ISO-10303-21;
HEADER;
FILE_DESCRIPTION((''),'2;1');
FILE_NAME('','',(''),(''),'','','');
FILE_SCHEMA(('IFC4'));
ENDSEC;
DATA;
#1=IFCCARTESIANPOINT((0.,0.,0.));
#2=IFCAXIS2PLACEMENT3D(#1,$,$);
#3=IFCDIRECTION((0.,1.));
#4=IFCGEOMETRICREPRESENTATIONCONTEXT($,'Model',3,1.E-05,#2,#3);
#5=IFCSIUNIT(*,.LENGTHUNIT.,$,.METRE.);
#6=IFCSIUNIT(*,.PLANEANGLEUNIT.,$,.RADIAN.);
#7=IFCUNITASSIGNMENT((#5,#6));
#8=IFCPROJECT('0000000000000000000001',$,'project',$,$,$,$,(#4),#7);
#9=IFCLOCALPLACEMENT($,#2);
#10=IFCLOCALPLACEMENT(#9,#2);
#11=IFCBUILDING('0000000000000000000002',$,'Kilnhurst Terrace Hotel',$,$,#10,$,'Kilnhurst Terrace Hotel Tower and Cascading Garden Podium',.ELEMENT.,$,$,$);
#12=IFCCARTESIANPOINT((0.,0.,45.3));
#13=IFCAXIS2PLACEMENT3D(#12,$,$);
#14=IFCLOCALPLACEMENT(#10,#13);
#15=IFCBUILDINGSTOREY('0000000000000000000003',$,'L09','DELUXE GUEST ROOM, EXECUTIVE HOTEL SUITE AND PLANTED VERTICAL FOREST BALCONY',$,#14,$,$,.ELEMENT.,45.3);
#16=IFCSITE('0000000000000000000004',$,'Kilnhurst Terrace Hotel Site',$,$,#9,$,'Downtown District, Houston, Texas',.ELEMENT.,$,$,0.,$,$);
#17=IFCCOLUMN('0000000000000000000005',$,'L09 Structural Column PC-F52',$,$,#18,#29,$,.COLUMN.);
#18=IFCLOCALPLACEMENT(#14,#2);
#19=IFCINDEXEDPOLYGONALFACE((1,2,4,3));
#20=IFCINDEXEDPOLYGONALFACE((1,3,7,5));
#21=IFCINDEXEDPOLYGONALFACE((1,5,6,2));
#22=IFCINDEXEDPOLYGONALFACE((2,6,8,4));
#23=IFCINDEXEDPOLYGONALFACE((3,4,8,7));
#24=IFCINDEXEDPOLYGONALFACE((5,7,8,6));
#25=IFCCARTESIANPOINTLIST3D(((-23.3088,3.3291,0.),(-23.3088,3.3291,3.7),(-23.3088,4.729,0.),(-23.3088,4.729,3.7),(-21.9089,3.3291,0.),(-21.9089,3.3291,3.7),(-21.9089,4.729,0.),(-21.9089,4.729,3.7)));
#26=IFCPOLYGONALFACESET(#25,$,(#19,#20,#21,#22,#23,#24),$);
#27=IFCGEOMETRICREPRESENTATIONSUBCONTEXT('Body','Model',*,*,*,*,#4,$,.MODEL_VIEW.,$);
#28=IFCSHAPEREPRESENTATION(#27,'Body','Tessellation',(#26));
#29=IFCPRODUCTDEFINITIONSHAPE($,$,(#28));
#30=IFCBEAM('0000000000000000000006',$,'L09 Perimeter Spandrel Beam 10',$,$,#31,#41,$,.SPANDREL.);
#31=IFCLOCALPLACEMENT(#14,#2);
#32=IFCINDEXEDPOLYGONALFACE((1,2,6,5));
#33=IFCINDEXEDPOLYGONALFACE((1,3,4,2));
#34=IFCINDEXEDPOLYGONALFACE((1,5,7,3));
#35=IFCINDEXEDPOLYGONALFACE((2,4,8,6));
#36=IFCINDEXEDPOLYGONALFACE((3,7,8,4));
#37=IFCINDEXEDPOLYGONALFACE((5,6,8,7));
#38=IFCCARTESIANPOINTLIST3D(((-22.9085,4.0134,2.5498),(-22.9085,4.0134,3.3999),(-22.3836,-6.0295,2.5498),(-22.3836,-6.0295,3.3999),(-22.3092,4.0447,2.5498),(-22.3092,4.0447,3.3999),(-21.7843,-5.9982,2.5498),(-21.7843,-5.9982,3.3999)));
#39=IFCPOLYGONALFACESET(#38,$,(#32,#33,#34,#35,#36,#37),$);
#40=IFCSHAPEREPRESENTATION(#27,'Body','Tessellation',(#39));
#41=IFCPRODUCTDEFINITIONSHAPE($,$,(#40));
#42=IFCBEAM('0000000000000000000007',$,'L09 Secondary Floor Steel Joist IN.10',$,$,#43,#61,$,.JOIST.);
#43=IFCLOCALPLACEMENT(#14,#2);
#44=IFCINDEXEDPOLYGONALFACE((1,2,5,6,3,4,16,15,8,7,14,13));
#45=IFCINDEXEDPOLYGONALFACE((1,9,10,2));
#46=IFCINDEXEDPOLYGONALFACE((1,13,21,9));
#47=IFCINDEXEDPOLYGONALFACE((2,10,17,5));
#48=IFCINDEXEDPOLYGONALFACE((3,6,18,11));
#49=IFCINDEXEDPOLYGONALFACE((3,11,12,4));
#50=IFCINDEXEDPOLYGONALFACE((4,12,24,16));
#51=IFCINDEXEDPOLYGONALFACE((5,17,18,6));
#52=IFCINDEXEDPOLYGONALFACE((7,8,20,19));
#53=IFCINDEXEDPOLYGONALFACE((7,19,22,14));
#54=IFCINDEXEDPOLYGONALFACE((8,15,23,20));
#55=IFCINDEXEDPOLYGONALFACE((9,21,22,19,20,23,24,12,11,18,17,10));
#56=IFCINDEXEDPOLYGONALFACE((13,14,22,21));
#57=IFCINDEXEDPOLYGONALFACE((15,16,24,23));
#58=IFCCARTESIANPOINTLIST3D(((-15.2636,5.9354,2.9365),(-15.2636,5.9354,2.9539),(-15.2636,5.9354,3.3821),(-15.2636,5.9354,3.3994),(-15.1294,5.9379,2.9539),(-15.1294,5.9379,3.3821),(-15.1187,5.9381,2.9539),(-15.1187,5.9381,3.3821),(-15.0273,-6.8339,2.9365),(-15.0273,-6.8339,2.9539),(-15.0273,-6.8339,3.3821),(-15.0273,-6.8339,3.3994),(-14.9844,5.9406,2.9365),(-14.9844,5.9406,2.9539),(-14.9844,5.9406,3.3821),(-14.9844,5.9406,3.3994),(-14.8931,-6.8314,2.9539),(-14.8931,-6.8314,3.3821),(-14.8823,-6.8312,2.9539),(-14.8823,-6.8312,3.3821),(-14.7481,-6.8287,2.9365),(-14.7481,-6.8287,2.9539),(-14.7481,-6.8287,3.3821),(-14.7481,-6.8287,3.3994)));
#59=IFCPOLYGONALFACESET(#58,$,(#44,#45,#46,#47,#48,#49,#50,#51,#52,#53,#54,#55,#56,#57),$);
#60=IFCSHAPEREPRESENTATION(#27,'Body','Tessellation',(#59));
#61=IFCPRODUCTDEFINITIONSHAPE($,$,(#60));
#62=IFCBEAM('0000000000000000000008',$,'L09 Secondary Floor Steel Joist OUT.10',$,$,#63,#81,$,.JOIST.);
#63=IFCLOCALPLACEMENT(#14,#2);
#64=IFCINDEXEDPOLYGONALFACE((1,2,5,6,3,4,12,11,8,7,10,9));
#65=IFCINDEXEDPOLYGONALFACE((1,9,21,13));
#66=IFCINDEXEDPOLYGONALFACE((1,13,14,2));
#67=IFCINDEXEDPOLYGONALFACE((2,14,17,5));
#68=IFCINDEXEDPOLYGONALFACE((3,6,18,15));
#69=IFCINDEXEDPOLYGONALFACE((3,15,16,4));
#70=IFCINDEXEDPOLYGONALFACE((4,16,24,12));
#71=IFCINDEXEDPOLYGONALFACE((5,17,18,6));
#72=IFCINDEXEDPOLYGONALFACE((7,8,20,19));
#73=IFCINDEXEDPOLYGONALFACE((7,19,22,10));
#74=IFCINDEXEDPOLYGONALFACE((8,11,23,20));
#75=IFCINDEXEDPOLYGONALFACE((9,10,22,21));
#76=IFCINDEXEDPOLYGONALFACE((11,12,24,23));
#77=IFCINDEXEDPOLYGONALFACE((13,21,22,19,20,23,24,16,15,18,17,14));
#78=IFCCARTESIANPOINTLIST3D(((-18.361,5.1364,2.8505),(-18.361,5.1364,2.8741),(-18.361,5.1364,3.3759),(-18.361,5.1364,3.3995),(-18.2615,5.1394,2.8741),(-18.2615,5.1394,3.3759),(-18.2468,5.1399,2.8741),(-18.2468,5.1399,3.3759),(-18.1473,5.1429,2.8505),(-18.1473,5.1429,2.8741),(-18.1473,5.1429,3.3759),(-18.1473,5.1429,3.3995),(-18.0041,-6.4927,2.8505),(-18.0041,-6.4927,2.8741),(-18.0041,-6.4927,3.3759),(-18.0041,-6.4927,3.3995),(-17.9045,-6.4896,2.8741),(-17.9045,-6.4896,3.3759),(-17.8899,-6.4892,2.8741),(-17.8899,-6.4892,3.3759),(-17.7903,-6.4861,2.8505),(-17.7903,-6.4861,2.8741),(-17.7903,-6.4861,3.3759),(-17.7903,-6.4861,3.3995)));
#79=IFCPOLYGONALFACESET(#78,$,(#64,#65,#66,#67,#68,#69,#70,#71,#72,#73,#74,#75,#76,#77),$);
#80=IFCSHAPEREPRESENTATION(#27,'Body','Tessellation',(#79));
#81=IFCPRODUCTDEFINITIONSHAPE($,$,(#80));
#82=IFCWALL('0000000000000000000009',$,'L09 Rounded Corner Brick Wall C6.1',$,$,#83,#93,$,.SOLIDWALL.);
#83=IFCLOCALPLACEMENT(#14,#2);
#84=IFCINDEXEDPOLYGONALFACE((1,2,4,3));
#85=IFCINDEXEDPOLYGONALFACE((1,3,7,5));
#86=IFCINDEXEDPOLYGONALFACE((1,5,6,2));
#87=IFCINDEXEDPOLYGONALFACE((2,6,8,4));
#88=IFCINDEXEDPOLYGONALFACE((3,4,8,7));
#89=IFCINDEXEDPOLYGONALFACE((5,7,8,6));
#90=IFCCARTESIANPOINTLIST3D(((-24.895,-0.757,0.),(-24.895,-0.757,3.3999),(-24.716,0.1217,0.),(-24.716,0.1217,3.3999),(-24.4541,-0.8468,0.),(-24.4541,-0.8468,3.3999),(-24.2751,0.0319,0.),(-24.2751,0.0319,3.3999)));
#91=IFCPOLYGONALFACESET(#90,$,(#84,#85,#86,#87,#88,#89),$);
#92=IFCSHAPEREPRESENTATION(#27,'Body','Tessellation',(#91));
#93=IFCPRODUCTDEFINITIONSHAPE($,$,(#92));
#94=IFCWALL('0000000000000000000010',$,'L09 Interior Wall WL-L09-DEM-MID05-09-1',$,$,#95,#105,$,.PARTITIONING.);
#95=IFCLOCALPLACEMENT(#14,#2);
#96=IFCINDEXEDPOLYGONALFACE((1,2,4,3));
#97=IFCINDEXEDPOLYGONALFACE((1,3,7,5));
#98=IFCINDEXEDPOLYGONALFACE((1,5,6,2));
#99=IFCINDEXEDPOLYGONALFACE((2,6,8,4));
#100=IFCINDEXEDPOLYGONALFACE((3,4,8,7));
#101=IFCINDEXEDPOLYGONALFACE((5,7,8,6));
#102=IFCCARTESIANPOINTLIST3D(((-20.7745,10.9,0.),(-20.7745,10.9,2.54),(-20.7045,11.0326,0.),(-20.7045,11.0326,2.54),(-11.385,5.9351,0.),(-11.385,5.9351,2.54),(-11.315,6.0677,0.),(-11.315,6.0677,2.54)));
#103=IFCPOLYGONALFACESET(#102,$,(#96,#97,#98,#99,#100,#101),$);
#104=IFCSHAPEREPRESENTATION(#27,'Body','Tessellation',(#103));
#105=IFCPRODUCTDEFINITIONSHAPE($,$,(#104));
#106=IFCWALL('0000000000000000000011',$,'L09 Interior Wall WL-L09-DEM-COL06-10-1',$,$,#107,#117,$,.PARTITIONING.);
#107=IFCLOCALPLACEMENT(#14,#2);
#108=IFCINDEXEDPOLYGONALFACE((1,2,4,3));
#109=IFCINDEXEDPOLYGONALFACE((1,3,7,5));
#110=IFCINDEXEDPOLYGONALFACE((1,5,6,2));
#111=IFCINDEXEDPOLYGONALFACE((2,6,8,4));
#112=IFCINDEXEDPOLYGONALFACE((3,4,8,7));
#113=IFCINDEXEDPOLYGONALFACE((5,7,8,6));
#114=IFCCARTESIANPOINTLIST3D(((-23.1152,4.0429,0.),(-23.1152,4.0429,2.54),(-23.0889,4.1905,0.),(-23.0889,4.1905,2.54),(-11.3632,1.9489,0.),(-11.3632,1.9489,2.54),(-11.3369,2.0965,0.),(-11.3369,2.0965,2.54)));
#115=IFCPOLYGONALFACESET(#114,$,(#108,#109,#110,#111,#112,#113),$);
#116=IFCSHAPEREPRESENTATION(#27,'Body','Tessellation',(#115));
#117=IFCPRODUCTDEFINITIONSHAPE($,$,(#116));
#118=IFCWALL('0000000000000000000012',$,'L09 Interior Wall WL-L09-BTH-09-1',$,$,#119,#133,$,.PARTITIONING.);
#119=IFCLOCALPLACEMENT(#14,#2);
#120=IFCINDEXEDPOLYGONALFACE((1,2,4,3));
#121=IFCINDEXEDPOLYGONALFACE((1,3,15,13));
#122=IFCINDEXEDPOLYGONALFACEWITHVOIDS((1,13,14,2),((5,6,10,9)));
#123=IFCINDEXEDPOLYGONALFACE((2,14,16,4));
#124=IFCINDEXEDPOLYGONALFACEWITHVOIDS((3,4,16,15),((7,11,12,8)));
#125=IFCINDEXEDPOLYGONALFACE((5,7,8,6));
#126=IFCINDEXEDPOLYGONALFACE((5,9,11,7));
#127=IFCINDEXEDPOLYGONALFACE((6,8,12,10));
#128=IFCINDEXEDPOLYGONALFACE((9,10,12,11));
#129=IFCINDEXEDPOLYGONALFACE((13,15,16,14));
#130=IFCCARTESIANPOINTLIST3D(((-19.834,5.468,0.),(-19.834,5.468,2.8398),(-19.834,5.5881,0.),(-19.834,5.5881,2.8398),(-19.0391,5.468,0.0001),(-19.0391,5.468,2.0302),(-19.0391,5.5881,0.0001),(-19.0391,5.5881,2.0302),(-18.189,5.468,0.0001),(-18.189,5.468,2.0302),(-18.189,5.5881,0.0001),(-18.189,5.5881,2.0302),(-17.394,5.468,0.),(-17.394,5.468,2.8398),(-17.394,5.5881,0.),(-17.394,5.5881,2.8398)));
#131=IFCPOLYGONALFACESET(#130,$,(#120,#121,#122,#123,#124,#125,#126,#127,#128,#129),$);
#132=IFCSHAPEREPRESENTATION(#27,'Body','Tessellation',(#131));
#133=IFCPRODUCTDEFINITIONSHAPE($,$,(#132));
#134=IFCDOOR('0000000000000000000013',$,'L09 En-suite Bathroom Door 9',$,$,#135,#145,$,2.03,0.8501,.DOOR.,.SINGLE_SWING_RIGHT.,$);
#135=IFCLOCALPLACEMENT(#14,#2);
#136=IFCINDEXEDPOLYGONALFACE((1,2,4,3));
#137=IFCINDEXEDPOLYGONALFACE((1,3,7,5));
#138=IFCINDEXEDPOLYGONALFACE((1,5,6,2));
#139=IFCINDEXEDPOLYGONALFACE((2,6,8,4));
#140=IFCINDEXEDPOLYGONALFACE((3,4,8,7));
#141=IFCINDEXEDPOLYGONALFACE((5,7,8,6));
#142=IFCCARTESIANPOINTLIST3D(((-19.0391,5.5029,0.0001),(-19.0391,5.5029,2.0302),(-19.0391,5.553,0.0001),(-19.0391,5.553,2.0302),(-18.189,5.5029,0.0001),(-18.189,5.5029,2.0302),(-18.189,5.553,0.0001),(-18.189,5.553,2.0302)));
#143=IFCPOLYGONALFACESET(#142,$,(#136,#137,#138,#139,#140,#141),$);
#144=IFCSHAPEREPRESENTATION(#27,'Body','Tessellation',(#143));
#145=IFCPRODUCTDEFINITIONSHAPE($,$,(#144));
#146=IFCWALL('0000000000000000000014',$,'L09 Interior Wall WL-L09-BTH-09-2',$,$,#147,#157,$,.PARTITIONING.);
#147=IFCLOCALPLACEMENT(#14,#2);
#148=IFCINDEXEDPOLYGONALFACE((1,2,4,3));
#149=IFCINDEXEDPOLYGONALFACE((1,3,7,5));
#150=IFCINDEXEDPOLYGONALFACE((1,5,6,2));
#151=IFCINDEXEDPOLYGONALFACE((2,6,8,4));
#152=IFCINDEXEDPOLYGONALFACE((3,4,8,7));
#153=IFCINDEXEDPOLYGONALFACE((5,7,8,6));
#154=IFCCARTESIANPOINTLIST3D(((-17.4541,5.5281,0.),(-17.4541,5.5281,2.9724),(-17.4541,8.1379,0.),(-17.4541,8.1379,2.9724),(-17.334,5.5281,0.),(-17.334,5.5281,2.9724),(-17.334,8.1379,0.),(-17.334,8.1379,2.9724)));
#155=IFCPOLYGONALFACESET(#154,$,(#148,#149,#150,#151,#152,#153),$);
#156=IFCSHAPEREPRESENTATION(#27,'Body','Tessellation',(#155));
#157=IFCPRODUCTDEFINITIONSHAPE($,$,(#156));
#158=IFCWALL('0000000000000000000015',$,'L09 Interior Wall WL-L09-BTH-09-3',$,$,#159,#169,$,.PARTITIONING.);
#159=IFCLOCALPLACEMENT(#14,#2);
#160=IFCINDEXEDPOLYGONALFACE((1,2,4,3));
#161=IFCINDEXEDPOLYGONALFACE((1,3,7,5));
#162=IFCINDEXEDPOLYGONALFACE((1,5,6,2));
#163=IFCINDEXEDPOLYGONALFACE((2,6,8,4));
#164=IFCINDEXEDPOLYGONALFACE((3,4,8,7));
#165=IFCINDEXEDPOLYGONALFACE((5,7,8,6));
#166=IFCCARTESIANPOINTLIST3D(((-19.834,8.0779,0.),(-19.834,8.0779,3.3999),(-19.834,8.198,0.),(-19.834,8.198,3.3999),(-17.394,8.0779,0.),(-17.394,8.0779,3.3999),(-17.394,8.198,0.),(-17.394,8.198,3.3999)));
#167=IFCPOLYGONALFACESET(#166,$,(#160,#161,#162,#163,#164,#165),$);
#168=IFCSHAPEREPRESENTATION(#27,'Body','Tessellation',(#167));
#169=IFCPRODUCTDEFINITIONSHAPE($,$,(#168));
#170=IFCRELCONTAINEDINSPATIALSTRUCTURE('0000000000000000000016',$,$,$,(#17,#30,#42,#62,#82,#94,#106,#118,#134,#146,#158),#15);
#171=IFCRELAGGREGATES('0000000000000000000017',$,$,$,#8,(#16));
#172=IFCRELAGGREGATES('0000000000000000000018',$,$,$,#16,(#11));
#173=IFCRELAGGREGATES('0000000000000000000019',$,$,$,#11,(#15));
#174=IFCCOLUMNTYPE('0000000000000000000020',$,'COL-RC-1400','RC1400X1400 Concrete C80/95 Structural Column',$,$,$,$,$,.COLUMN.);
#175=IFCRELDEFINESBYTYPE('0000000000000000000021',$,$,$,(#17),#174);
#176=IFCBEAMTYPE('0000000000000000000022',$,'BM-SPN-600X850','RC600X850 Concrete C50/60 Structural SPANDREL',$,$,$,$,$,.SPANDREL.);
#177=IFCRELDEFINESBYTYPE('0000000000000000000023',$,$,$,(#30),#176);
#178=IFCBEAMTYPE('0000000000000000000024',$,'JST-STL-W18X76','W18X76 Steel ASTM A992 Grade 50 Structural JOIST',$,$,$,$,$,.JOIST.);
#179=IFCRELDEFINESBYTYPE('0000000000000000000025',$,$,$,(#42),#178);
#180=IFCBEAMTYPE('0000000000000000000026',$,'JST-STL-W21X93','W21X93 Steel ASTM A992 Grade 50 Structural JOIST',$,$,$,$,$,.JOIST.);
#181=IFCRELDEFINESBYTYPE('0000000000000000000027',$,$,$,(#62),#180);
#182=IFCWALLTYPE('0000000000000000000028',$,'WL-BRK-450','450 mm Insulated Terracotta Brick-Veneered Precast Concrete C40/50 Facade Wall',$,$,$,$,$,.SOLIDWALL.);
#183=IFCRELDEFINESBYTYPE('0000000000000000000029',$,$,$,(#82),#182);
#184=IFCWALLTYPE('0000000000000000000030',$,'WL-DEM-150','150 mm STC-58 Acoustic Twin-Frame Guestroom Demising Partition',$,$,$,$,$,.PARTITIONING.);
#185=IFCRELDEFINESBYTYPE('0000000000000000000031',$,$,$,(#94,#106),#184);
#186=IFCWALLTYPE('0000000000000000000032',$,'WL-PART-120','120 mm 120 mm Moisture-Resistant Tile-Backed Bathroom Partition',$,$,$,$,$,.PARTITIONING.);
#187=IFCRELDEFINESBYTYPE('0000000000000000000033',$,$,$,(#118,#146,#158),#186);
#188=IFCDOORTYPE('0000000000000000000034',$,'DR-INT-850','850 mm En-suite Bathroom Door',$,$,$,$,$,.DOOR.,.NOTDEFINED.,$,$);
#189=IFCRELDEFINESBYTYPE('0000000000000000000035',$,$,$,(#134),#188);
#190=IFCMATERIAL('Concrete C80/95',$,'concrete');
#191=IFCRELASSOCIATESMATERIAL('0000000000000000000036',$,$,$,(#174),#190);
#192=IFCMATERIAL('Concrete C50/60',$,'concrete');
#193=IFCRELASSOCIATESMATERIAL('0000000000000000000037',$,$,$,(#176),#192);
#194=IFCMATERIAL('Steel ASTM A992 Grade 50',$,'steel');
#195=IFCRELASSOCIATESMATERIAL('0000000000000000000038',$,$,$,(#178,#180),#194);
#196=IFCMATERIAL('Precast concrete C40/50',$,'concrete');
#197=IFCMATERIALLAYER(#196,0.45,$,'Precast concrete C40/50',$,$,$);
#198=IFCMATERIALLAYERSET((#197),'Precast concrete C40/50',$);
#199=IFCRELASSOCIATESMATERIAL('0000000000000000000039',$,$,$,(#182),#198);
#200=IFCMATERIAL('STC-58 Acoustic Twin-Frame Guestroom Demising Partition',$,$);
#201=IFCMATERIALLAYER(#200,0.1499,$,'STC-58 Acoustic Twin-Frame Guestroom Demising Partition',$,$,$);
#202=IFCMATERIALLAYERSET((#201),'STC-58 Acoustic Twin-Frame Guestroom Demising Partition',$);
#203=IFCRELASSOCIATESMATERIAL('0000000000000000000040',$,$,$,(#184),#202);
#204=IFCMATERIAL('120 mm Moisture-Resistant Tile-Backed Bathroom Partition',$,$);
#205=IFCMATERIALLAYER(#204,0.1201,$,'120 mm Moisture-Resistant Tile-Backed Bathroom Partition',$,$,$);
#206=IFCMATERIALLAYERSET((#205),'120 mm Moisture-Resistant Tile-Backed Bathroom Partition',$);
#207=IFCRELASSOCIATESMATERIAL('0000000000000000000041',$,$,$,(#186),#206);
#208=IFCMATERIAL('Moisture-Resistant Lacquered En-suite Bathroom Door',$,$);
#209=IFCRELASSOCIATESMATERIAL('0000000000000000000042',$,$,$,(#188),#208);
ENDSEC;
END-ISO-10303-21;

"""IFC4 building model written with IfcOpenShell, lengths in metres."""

from ifc_helpers import new_model, si_unit, direction, frame, frame_2d, origin, origin_2d, place, context, subcontext, project, spatial, rectangle, i_section, extrude, material, layer, layer_set, material_profile, profile_set, type_object, element, fill, save


model = new_model("IFC4")

# Units and contexts
model_context = context("Model", 3, precision=1e-05, world=origin(), true_north=direction((0.0, 1.0)))
body_context = subcontext(model_context, "Body", "Model", "MODEL_VIEW")
ifc_project = project(units=[si_unit("LENGTHUNIT", "METRE"), si_unit("PLANEANGLEUNIT", "RADIAN")], contexts=[model_context])

# Site, building, storey
site_placement = place(None, origin())
site = spatial("IfcSite", under=ifc_project, at=site_placement, Name="Kilnhurst Terrace Hotel Site", LongName="Downtown District, Houston, Texas", CompositionType="ELEMENT", RefElevation=0.0)
building_placement = place(site_placement, origin())
building = spatial("IfcBuilding", under=site, at=building_placement, Name="Kilnhurst Terrace Hotel", LongName="Kilnhurst Terrace Hotel Tower and Cascading Garden Podium", CompositionType="ELEMENT")
storey_placement = place(building_placement, frame((0.0, 0.0, 45.3)))
storey = spatial("IfcBuildingStorey", under=building, at=storey_placement, Name="L09", Description="DELUXE GUEST ROOM, EXECUTIVE HOTEL SUITE AND PLANTED VERTICAL FOREST BALCONY", CompositionType="ELEMENT", Elevation=45.3)

# Column
ifc_material_1 = material(Name="Concrete C80/95", Category="concrete")
ifc_material_profile_1 = material_profile(ifc_material_1, rectangle(XDim=1.3999, YDim=1.3999, at=origin_2d()), Name="RC1400X1400")
ifc_profile_set_1 = profile_set([ifc_material_profile_1], Name="Concrete C80/95")
column_type = type_object("IfcColumnType", Name="COL-RC-1400", Description="RC1400X1400 Concrete C80/95 Structural Column", PredefinedType="COLUMN", material=ifc_profile_set_1)
column_placement = place(storey_placement, frame((-22.6089, 4.0291, 0.0), z_axis=(0.0, 0.0, 1.0), x_axis=(1.0, 0.0, 0.0)))
element("IfcColumn", 1, at=column_placement, inside=storey, type_object=column_type, Name="L09 Structural Column PC-F52", PredefinedType="COLUMN", context=body_context, shape_type="SweptSolid", body=[
    extrude(rectangle(XDim=1.3999, YDim=1.3999, at=origin_2d()), origin(), (0.0, 0.0, 1.0), 3.7),
])

# Beams
ifc_material_2 = material(Name="Concrete C50/60", Category="concrete")
ifc_material_profile_2 = material_profile(ifc_material_2, rectangle(XDim=0.6001, YDim=0.8501, at=origin_2d()), Name="RC600X850")
ifc_profile_set_2 = profile_set([ifc_material_profile_2], Name="Concrete C50/60")
beam_type_1 = type_object("IfcBeamType", Name="BM-SPN-600X850", Description="RC600X850 Concrete C50/60 Structural SPANDREL", PredefinedType="SPANDREL", material=ifc_profile_set_2)
beam_1_placement = place(storey_placement, frame((-22.6089, 4.0291, 2.9749), z_axis=(0.052194, -0.998637, 0.0), x_axis=(0.998637, 0.052194, 0.0)))
element("IfcBeam", 2, at=beam_1_placement, inside=storey, type_object=beam_type_1, Name="L09 Perimeter Spandrel Beam 10", PredefinedType="SPANDREL", context=body_context, shape_type="SweptSolid", body=[
    extrude(rectangle(XDim=0.6001, YDim=0.8501, at=origin_2d()), origin(), (0.0, 0.0, 1.0), 10.0566),
])
ifc_material_3 = material(Name="Steel ASTM A992 Grade 50", Category="steel")
ifc_material_profile_3 = material_profile(ifc_material_3, i_section(OverallWidth=0.2793, OverallDepth=0.4629, WebThickness=0.0107, FlangeThickness=0.0173, at=origin_2d()), Name="W18X76")
ifc_profile_set_3 = profile_set([ifc_material_profile_3], Name="Steel ASTM A992 Grade 50")
beam_type_2 = type_object("IfcBeamType", Name="JST-STL-W18X76", Description="W18X76 Steel ASTM A992 Grade 50 Structural JOIST", PredefinedType="JOIST", material=ifc_profile_set_3)
beam_2_placement = place(storey_placement, frame((-15.124, 5.938, 3.168), z_axis=(0.018504, -0.999829, 0.0), x_axis=(0.999829, 0.018504, 0.0)))
element("IfcBeam", 3, at=beam_2_placement, inside=storey, type_object=beam_type_2, Name="L09 Secondary Floor Steel Joist IN.10", PredefinedType="JOIST", context=body_context, shape_type="SweptSolid", body=[
    extrude(i_section(OverallWidth=0.2793, OverallDepth=0.4629, WebThickness=0.0107, FlangeThickness=0.0173, at=origin_2d()), origin(), (0.0, 0.0, 1.0), 12.7715),
])
ifc_material_profile_4 = material_profile(ifc_material_3, i_section(OverallWidth=0.2139, OverallDepth=0.5491, WebThickness=0.0146, FlangeThickness=0.0237, at=origin_2d()), Name="W21X93")
ifc_profile_set_4 = profile_set([ifc_material_profile_4], Name="Steel ASTM A992 Grade 50")
beam_type_3 = type_object("IfcBeamType", Name="JST-STL-W21X93", Description="W21X93 Steel ASTM A992 Grade 50 Structural JOIST", PredefinedType="JOIST", material=ifc_profile_set_4)
beam_3_placement = place(storey_placement, frame((-18.2542, 5.1396, 3.125), z_axis=(0.030679, -0.999529, 0.0), x_axis=(0.999529, 0.030679, 0.0)))
element("IfcBeam", 4, at=beam_3_placement, inside=storey, type_object=beam_type_3, Name="L09 Secondary Floor Steel Joist OUT.10", PredefinedType="JOIST", context=body_context, shape_type="SweptSolid", body=[
    extrude(i_section(OverallWidth=0.2139, OverallDepth=0.5491, WebThickness=0.0146, FlangeThickness=0.0237, at=origin_2d()), origin(), (0.0, 0.0, 1.0), 11.6345),
])

# Walls
ifc_material_4 = material(Name="Precast concrete C40/50", Category="concrete")
ifc_layer_1 = layer(ifc_material_4, 0.45, Name="Precast concrete C40/50")
ifc_layer_set_1 = layer_set([ifc_layer_1], Name="Precast concrete C40/50")
wall_type_1 = type_object("IfcWallType", Name="WL-BRK-450", Description="450 mm Insulated Terracotta Brick-Veneered Precast Concrete C40/50 Facade Wall", PredefinedType="SOLIDWALL", material=ifc_layer_set_1)
wall_1_placement = place(storey_placement, frame((-24.4956, 0.0767, 0.0), z_axis=(0.0, 0.0, 1.0), x_axis=(-0.199571, -0.979883, 0.0)))
element("IfcWall", 5, at=wall_1_placement, inside=storey, type_object=wall_type_1, Name="L09 Rounded Corner Brick Wall C6.1", PredefinedType="SOLIDWALL", context=body_context, shape_type="SweptSolid", body=[
    extrude(rectangle(XDim=0.8967, YDim=0.45, at=frame_2d((0.4482, 0.0))), origin(), (0.0, 0.0, 1.0), 3.3999),
])
ifc_material_5 = material(Name="STC-58 Acoustic Twin-Frame Guestroom Demising Partition")
ifc_layer_2 = layer(ifc_material_5, 0.1499, Name="STC-58 Acoustic Twin-Frame Guestroom Demising Partition")
ifc_layer_set_2 = layer_set([ifc_layer_2], Name="STC-58 Acoustic Twin-Frame Guestroom Demising Partition")
wall_type_2 = type_object("IfcWallType", Name="WL-DEM-150", Description="150 mm STC-58 Acoustic Twin-Frame Guestroom Demising Partition", PredefinedType="PARTITIONING", material=ifc_layer_set_2)
wall_2_placement = place(storey_placement, frame((-11.3501, 6.0015, 0.0), z_axis=(0.0, 0.0, 1.0), x_axis=(-0.884022, 0.467445, 0.0)))
element("IfcWall", 6, at=wall_2_placement, inside=storey, type_object=wall_type_2, Name="L09 Interior Wall WL-L09-DEM-MID05-09-1", PredefinedType="PARTITIONING", context=body_context, shape_type="SweptSolid", body=[
    extrude(rectangle(XDim=10.6213, YDim=0.1499, at=frame_2d((5.3105, 0.0))), origin(), (0.0, 0.0, 1.0), 2.54),
])
wall_3_placement = place(storey_placement, frame((-11.3501, 2.0227, 0.0), z_axis=(0.0, 0.0, 1.0), x_axis=(-0.984494, 0.17542, 0.0)))
element("IfcWall", 7, at=wall_3_placement, inside=storey, type_object=wall_type_2, Name="L09 Interior Wall WL-L09-DEM-COL06-10-1", PredefinedType="PARTITIONING", context=body_context, shape_type="SweptSolid", body=[
    extrude(rectangle(XDim=11.937, YDim=0.1499, at=frame_2d((5.9685, 0.0))), origin(), (0.0, 0.0, 1.0), 2.54),
])

# Wall, opening, door
ifc_material_6 = material(Name="120 mm Moisture-Resistant Tile-Backed Bathroom Partition")
ifc_layer_3 = layer(ifc_material_6, 0.1201, Name="120 mm Moisture-Resistant Tile-Backed Bathroom Partition")
ifc_layer_set_3 = layer_set([ifc_layer_3], Name="120 mm Moisture-Resistant Tile-Backed Bathroom Partition")
wall_type_3 = type_object("IfcWallType", Name="WL-PART-120", Description="120 mm 120 mm Moisture-Resistant Tile-Backed Bathroom Partition", PredefinedType="PARTITIONING", material=ifc_layer_set_3)
wall_4_placement = place(storey_placement, frame((-19.834, 5.5281, 0.0), z_axis=(0.0, 0.0, 1.0), x_axis=(1.0, 0.0, 0.0)))
wall_4 = element("IfcWall", 8, at=wall_4_placement, inside=storey, type_object=wall_type_3, Name="L09 Interior Wall WL-L09-BTH-09-1", PredefinedType="PARTITIONING", context=body_context, shape_type="SweptSolid", body=[
    extrude(rectangle(XDim=2.4399, YDim=0.1201, at=frame_2d((1.22, 0.0))), origin(), (0.0, 0.0, 1.0), 2.8398),
])
opening_1_placement = place(wall_4_placement, frame((0.7949, 0.0, 0.0)))
opening_1 = element("IfcOpeningElement", 9, at=opening_1_placement, cuts=wall_4, PredefinedType="OPENING", context=body_context, shape_type="SweptSolid", body=[
    extrude(rectangle(XDim=0.8501, YDim=2.03, at=frame_2d((0.425, 1.0151))), frame((0.0, 0.0701, 0.0), z_axis=(0.0, -1.0, 0.0), x_axis=(1.0, 0.0, 0.0)), (0.0, 0.0, 1.0), 0.1401),
])
ifc_material_7 = material(Name="Moisture-Resistant Lacquered En-suite Bathroom Door")
door_type = type_object("IfcDoorType", Name="DR-INT-850", Description="850 mm En-suite Bathroom Door", OperationType="NOTDEFINED", PredefinedType="DOOR", material=ifc_material_7)
door_1_placement = place(opening_1_placement, origin())
door_1 = element("IfcDoor", 10, at=door_1_placement, inside=storey, type_object=door_type, Name="L09 En-suite Bathroom Door 9", OperationType="SINGLE_SWING_RIGHT", OverallHeight=2.03, OverallWidth=0.8501, PredefinedType="DOOR", context=body_context, shape_type="SweptSolid", body=[
    extrude(rectangle(XDim=0.8501, YDim=2.03, at=frame_2d((0.425, 1.0151))), frame((0.0, 0.0249, 0.0), z_axis=(0.0, -1.0, 0.0), x_axis=(1.0, 0.0, 0.0)), (0.0, 0.0, 1.0), 0.05),
])
fill(opening_1, door_1)

# Walls
wall_5_placement = place(storey_placement, frame((-17.394, 5.5281, 0.0), z_axis=(0.0, 0.0, 1.0), x_axis=(0.0, 1.0, 0.0)))
element("IfcWall", 11, at=wall_5_placement, inside=storey, type_object=wall_type_3, Name="L09 Interior Wall WL-L09-BTH-09-2", PredefinedType="PARTITIONING", context=body_context, shape_type="SweptSolid", body=[
    extrude(rectangle(XDim=2.6099, YDim=0.1201, at=frame_2d((1.3049, 0.0))), origin(), (0.0, 0.0, 1.0), 2.9724),
])
wall_6_placement = place(storey_placement, frame((-17.394, 8.1379, 0.0), z_axis=(0.0, 0.0, 1.0), x_axis=(-1.0, 0.0, 0.0)))
element("IfcWall", 12, at=wall_6_placement, inside=storey, type_object=wall_type_3, Name="L09 Interior Wall WL-L09-BTH-09-3", PredefinedType="PARTITIONING", context=body_context, shape_type="SweptSolid", body=[
    extrude(rectangle(XDim=2.4399, YDim=0.1201, at=frame_2d((1.22, 0.0))), origin(), (0.0, 0.0, 1.0), 3.3999),
])

save(model, "model.ifc")
